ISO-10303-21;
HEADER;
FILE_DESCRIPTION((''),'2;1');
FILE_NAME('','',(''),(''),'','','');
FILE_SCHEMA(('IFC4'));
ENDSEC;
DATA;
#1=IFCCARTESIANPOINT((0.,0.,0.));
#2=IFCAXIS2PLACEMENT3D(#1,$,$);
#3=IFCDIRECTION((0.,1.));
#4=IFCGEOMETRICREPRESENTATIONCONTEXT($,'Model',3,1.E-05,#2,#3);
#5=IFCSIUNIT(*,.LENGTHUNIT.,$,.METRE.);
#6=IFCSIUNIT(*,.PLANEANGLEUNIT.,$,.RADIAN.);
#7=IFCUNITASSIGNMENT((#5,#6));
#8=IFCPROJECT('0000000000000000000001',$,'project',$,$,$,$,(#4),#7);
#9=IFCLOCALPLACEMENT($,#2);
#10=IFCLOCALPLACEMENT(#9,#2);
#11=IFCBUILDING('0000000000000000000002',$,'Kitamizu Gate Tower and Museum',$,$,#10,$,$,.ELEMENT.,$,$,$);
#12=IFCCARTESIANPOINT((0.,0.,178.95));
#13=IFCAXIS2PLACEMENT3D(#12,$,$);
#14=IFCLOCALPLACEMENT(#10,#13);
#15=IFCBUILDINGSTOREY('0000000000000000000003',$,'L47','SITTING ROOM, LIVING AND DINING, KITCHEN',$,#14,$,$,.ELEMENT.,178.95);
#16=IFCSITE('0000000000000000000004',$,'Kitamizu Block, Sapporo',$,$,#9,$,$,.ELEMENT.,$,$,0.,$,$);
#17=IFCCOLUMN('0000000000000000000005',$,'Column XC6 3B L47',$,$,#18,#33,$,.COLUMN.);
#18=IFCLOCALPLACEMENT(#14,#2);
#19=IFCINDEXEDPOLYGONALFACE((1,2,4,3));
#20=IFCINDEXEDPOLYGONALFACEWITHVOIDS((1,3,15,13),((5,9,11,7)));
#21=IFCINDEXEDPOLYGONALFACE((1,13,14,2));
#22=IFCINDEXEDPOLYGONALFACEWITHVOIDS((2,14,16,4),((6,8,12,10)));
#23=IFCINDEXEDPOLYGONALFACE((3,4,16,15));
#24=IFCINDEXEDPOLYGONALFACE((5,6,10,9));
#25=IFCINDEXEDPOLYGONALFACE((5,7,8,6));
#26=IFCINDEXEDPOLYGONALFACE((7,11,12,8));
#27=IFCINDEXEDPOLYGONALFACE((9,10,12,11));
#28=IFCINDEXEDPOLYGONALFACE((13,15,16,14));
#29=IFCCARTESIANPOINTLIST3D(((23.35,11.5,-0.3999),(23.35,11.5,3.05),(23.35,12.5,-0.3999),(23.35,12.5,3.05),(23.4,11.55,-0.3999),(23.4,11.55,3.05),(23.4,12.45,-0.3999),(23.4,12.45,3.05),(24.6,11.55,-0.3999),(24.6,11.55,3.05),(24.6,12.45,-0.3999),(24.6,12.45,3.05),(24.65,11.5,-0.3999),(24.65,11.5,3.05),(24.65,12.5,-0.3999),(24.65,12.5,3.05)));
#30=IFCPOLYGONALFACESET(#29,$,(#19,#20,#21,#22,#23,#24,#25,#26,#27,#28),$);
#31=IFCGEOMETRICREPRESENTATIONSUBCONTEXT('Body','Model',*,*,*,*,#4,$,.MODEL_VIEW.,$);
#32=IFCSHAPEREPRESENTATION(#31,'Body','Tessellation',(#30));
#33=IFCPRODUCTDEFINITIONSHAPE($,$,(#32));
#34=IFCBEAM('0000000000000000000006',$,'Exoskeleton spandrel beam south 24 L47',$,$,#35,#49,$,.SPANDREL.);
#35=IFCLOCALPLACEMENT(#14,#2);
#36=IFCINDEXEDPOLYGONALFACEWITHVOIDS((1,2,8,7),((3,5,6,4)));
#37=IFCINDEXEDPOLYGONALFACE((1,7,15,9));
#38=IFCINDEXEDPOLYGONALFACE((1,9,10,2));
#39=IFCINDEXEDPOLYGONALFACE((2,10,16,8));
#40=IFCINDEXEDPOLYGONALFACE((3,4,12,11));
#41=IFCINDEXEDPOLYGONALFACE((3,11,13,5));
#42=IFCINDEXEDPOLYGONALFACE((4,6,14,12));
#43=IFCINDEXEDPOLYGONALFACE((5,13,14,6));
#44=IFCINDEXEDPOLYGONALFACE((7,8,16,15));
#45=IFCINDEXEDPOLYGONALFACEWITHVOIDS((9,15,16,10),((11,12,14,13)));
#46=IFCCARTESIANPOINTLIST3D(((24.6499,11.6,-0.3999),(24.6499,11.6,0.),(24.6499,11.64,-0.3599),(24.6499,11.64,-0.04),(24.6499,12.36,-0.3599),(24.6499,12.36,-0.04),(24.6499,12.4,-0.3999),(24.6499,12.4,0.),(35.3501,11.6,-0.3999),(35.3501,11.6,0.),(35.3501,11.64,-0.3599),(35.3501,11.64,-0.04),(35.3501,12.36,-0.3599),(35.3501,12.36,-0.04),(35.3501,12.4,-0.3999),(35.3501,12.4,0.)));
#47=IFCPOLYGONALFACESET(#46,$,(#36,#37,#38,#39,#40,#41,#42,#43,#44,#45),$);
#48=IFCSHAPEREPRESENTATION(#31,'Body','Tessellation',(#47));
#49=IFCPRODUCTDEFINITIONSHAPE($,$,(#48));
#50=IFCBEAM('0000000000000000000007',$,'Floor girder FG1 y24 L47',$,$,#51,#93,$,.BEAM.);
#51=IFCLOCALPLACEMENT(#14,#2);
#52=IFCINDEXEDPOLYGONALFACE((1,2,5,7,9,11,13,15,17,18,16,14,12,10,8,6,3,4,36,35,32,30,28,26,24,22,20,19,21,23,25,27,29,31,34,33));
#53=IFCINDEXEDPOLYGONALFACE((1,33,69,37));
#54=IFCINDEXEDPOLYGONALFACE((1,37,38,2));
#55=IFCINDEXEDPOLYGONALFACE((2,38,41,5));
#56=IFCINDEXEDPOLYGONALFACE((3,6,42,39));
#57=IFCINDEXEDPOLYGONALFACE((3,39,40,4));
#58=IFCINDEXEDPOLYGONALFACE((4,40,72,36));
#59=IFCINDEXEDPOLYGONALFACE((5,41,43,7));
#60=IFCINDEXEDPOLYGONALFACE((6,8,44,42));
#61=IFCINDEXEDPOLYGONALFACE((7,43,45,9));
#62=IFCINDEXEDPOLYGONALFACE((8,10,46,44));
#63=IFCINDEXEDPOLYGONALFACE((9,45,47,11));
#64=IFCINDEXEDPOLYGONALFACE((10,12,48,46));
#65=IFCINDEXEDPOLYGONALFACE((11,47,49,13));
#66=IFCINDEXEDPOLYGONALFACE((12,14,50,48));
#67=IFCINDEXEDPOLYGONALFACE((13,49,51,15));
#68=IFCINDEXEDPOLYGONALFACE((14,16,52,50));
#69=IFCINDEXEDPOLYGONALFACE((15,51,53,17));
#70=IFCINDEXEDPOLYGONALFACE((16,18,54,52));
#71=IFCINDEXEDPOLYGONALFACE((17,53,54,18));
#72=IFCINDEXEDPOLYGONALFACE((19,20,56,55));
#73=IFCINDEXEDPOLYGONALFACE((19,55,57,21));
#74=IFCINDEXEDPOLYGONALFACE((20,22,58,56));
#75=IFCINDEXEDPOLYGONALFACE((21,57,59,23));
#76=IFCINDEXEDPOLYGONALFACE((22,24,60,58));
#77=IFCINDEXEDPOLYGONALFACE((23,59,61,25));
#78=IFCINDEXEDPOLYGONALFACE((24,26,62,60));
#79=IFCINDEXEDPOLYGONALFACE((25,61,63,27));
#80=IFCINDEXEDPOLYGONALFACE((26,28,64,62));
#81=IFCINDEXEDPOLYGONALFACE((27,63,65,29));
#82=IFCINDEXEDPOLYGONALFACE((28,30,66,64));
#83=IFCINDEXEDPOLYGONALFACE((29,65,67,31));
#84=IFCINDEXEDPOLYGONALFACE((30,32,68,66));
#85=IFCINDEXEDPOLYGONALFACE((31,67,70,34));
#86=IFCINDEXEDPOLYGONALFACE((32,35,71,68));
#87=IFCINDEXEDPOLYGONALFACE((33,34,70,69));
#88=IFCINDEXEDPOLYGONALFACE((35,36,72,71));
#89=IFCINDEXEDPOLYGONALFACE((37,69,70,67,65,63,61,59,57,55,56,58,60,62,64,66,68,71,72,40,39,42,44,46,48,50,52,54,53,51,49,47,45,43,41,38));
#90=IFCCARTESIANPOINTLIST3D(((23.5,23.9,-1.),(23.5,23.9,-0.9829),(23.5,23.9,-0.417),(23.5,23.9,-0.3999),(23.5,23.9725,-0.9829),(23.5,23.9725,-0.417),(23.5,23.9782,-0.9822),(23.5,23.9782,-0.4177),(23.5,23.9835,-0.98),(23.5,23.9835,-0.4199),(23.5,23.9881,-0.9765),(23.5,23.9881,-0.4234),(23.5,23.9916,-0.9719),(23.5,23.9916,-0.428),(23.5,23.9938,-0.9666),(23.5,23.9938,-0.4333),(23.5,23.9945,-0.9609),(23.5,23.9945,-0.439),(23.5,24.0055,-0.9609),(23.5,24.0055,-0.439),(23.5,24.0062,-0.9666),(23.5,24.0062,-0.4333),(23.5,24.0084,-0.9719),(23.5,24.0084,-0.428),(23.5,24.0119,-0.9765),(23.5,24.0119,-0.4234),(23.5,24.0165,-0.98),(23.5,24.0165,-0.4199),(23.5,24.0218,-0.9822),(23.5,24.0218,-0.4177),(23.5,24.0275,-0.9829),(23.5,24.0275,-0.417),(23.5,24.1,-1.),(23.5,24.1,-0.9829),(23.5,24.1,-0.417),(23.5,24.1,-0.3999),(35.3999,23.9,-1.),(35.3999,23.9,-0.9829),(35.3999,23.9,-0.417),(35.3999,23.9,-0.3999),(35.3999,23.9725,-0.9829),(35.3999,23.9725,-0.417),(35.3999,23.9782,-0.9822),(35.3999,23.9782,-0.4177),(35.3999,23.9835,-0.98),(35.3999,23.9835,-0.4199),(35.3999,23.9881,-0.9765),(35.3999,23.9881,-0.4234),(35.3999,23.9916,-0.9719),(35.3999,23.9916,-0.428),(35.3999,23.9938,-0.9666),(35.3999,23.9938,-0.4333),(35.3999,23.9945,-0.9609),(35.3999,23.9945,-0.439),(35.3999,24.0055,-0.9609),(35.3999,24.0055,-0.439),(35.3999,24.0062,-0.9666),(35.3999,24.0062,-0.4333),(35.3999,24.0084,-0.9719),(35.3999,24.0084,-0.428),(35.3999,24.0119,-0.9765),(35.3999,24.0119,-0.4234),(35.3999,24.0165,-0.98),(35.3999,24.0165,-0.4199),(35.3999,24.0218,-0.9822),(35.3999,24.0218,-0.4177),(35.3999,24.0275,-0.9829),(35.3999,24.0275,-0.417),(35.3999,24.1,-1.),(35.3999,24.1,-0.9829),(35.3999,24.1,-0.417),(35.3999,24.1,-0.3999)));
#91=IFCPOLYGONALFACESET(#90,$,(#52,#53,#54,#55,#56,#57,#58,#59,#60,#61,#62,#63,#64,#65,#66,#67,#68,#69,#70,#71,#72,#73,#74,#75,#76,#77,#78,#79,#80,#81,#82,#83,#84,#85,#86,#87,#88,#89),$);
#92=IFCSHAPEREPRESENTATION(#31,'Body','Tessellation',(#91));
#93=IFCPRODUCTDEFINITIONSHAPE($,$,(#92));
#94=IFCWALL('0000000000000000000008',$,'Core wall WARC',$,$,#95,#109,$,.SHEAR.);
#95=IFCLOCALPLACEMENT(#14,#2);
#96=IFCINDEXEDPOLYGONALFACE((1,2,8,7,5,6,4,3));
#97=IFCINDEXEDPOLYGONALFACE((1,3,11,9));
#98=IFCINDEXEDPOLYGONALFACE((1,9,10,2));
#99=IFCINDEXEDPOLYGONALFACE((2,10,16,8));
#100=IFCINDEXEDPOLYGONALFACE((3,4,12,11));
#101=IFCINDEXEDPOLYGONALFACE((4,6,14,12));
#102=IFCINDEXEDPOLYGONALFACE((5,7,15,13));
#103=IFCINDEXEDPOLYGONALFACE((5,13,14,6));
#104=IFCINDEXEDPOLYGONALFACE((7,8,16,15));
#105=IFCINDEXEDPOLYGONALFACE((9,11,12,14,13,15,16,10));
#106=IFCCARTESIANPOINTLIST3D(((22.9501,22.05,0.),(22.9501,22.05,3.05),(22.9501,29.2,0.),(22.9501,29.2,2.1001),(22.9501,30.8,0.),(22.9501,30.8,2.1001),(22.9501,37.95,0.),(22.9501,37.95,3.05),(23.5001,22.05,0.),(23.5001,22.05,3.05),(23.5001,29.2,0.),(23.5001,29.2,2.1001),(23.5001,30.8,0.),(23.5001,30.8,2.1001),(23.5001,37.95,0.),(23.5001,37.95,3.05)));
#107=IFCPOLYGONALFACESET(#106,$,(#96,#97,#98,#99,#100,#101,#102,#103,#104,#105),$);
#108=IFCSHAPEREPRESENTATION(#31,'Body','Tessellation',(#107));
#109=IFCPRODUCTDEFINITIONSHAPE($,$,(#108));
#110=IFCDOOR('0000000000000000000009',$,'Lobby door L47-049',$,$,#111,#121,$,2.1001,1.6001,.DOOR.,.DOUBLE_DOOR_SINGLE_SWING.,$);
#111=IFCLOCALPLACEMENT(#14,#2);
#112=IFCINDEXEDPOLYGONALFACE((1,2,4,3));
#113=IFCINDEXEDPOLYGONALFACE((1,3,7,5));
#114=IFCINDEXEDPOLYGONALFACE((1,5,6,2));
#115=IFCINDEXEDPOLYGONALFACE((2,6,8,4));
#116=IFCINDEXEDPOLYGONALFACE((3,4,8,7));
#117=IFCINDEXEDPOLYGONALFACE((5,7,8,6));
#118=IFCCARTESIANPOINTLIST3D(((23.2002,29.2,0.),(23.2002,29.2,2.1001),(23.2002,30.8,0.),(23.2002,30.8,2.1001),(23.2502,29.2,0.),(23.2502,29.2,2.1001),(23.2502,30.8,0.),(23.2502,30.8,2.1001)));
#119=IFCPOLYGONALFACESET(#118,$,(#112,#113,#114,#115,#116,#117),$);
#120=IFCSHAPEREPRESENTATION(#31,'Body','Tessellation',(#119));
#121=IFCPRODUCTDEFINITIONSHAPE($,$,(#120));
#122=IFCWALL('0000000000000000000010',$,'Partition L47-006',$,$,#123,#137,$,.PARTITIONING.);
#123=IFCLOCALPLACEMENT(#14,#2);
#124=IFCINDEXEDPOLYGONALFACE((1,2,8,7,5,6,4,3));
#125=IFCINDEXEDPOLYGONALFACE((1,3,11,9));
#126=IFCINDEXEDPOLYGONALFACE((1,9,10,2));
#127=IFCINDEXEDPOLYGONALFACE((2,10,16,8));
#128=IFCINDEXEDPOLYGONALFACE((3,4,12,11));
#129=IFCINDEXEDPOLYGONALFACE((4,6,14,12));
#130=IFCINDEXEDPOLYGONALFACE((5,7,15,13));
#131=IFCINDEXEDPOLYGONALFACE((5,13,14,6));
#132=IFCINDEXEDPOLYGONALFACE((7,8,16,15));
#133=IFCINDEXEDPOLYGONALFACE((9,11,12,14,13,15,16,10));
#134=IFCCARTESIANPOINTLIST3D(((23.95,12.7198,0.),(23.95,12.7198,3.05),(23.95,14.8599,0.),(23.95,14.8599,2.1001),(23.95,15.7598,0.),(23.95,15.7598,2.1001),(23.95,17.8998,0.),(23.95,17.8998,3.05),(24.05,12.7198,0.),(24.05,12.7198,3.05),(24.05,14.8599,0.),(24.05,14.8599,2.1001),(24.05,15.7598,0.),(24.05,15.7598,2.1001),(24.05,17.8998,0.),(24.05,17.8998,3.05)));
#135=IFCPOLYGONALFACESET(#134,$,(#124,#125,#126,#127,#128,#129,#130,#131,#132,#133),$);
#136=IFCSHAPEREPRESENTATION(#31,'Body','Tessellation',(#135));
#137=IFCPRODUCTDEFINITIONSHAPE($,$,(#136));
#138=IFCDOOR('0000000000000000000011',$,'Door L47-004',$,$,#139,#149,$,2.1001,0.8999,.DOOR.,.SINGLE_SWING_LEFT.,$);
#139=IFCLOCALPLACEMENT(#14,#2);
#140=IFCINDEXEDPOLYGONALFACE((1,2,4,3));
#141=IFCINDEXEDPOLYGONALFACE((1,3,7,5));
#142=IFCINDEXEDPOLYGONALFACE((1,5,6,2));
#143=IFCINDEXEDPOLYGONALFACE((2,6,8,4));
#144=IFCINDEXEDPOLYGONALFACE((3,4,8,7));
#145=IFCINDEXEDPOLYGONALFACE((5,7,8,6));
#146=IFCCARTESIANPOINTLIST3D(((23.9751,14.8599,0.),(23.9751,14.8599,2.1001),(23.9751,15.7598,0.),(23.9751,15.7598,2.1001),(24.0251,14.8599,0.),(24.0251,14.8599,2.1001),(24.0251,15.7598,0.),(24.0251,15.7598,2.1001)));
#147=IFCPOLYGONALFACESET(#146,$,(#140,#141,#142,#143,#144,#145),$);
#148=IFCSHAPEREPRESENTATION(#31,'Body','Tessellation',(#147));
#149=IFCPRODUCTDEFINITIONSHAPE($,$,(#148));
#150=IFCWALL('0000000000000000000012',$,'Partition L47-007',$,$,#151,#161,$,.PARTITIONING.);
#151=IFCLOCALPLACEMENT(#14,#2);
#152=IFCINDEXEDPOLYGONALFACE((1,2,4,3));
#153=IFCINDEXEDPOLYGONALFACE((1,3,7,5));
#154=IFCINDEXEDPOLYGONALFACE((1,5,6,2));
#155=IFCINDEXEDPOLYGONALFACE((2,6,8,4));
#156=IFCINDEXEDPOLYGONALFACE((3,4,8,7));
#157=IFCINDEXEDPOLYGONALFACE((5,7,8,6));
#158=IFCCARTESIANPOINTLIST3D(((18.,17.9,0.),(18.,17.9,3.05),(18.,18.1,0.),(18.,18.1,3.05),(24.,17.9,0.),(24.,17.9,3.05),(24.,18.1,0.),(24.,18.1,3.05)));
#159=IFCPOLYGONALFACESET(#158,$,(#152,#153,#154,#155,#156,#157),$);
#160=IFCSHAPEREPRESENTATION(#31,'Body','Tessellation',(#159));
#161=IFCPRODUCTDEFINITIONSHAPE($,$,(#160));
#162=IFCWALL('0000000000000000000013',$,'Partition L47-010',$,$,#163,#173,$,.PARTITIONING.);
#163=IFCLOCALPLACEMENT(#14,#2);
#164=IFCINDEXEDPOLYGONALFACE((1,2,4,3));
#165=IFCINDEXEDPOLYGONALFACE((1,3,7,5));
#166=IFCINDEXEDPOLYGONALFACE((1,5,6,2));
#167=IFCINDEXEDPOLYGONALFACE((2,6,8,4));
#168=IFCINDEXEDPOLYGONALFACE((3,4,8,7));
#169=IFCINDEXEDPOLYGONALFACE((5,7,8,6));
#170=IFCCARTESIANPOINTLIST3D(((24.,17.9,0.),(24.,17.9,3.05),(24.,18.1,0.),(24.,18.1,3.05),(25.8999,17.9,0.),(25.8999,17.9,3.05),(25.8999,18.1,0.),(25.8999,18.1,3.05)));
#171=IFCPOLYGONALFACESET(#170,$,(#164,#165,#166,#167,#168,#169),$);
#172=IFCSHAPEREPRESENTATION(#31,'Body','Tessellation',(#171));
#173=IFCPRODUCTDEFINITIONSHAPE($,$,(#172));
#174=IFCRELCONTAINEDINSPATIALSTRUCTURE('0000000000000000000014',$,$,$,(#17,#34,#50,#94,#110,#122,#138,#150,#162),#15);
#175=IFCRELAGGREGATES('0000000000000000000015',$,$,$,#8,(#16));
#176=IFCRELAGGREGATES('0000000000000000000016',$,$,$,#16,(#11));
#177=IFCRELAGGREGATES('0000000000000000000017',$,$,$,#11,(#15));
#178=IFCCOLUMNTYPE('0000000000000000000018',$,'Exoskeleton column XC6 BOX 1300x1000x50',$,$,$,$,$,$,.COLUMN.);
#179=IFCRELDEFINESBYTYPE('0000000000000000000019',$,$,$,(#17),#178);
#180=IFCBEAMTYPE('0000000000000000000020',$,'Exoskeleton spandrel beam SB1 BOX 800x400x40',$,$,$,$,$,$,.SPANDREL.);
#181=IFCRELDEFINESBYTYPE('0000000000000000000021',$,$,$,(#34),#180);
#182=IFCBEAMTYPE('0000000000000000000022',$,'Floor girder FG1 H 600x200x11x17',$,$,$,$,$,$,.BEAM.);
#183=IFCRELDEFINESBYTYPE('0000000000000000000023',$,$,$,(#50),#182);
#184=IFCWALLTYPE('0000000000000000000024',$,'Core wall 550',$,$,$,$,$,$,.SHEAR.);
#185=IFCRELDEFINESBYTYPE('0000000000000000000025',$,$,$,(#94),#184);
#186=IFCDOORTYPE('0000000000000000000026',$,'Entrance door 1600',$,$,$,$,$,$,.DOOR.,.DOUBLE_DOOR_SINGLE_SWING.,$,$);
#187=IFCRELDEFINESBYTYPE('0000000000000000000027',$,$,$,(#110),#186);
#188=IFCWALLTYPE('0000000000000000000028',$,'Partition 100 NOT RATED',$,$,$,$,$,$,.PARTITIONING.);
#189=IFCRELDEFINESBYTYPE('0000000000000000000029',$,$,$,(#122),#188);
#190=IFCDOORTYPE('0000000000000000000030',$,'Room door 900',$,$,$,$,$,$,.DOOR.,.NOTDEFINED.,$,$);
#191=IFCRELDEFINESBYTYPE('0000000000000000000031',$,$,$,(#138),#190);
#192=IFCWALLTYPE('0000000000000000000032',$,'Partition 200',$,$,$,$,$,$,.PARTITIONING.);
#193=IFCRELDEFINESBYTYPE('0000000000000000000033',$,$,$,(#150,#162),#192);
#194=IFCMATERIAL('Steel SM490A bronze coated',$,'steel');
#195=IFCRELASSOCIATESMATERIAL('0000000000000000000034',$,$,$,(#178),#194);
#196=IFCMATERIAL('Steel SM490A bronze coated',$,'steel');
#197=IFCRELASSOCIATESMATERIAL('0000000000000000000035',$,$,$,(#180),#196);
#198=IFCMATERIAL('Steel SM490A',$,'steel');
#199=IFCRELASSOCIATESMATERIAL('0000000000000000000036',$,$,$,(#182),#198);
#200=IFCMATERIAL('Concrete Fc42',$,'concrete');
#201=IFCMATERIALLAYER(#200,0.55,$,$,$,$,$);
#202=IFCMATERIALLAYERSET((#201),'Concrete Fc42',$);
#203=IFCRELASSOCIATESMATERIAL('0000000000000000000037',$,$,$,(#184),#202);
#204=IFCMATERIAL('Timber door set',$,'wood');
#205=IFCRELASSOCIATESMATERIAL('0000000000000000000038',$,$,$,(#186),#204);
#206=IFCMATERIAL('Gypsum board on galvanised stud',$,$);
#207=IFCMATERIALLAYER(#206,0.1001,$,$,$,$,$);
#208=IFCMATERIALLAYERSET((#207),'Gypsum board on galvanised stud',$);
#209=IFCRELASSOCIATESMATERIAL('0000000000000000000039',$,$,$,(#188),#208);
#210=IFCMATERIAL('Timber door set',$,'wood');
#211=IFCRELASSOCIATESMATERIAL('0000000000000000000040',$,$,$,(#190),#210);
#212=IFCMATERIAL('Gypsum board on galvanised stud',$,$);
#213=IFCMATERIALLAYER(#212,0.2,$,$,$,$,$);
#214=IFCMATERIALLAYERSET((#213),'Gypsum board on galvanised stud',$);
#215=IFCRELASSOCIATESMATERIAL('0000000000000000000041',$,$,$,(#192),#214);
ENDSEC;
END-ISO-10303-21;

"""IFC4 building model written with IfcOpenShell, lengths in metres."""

from ifc_helpers import new_model, si_unit, direction, frame, frame_2d, origin, origin_2d, place, context, subcontext, project, spatial, rectangle, hollow_rectangle, i_section, extrude, material, layer, layer_set, material_profile, profile_set, type_object, element, fill, save


model = new_model("IFC4")

# Units and contexts
model_context = context("Model", 3, precision=1e-05, world=origin(), true_north=direction((0.0, 1.0)))
body_context = subcontext(model_context, "Body", "Model", "MODEL_VIEW")
ifc_project = project(units=[si_unit("LENGTHUNIT", "METRE"), si_unit("PLANEANGLEUNIT", "RADIAN")], contexts=[model_context])

# Site, building, storey
site_placement = place(None, origin())
site = spatial("IfcSite", under=ifc_project, at=site_placement, Name="Kitamizu Block, Sapporo", CompositionType="ELEMENT", RefElevation=0.0)
building_placement = place(site_placement, origin())
building = spatial("IfcBuilding", under=site, at=building_placement, Name="Kitamizu Gate Tower and Museum", CompositionType="ELEMENT")
storey_placement = place(building_placement, frame((0.0, 0.0, 178.95)))
storey = spatial("IfcBuildingStorey", under=building, at=storey_placement, Name="L47", Description="SITTING ROOM, LIVING AND DINING, KITCHEN", CompositionType="ELEMENT", Elevation=178.95)

# Column
ifc_material_1 = material(Name="Steel SM490A bronze coated", Category="steel")
ifc_material_profile_1 = material_profile(ifc_material_1, hollow_rectangle(XDim=1.3, YDim=1.0, WallThickness=0.05, at=origin_2d()), Name="BOX 1300x1000x50")
ifc_profile_set_1 = profile_set([ifc_material_profile_1], Name="Steel SM490A bronze coated")
column_type = type_object("IfcColumnType", Name="Exoskeleton column XC6 BOX 1300x1000x50", PredefinedType="COLUMN", material=ifc_profile_set_1)
column_placement = place(storey_placement, frame((24.0, 12.0, -0.3999), z_axis=(0.0, 0.0, 1.0), x_axis=(1.0, 0.0, 0.0)))
element("IfcColumn", 1, at=column_placement, inside=storey, type_object=column_type, Name="Column XC6 3B L47", PredefinedType="COLUMN", context=body_context, shape_type="SweptSolid", body=[
    extrude(hollow_rectangle(XDim=1.3, YDim=1.0, WallThickness=0.05, at=origin_2d()), origin(), (0.0, 0.0, 1.0), 3.45),
])

# Beams
ifc_material_2 = material(Name="Steel SM490A bronze coated", Category="steel")
ifc_material_profile_2 = material_profile(ifc_material_2, hollow_rectangle(XDim=0.8, YDim=0.3999, WallThickness=0.04, at=origin_2d()), Name="BOX 800x400x40")
ifc_profile_set_2 = profile_set([ifc_material_profile_2], Name="Steel SM490A bronze coated")
beam_type_1 = type_object("IfcBeamType", Name="Exoskeleton spandrel beam SB1 BOX 800x400x40", PredefinedType="SPANDREL", material=ifc_profile_set_2)
beam_1_placement = place(storey_placement, frame((24.6499, 12.0, -0.2), z_axis=(1.0, 0.0, 0.0), x_axis=(0.0, 1.0, 0.0)))
element("IfcBeam", 2, at=beam_1_placement, inside=storey, type_object=beam_type_1, Name="Exoskeleton spandrel beam south 24 L47", PredefinedType="SPANDREL", context=body_context, shape_type="SweptSolid", body=[
    extrude(hollow_rectangle(XDim=0.8, YDim=0.3999, WallThickness=0.04, at=origin_2d()), origin(), (0.0, 0.0, 1.0), 10.7002),
])
ifc_material_3 = material(Name="Steel SM490A", Category="steel")
ifc_material_profile_3 = material_profile(ifc_material_3, i_section(OverallWidth=0.2, OverallDepth=0.6001, WebThickness=0.011, FlangeThickness=0.0171, FilletRadius=0.022, at=origin_2d()), Name="H-600x200x11x17")
ifc_profile_set_3 = profile_set([ifc_material_profile_3], Name="Steel SM490A")
beam_type_2 = type_object("IfcBeamType", Name="Floor girder FG1 H 600x200x11x17", PredefinedType="BEAM", material=ifc_profile_set_3)
beam_2_placement = place(storey_placement, frame((23.5, 24.0, -0.7), z_axis=(1.0, 0.0, 0.0), x_axis=(0.0, 1.0, 0.0)))
element("IfcBeam", 3, at=beam_2_placement, inside=storey, type_object=beam_type_2, Name="Floor girder FG1 y24 L47", PredefinedType="BEAM", context=body_context, shape_type="SweptSolid", body=[
    extrude(i_section(OverallWidth=0.2, OverallDepth=0.6001, WebThickness=0.011, FlangeThickness=0.0171, FilletRadius=0.022, at=origin_2d()), origin(), (0.0, 0.0, 1.0), 11.8999),
])

# Walls, openings, doors
ifc_material_4 = material(Name="Concrete Fc42", Category="concrete")
ifc_layer_1 = layer(ifc_material_4, 0.55)
ifc_layer_set_1 = layer_set([ifc_layer_1], Name="Concrete Fc42")
wall_type_1 = type_object("IfcWallType", Name="Core wall 550", PredefinedType="SHEAR", material=ifc_layer_set_1)
wall_1_placement = place(storey_placement, frame((23.2251, 22.05, 0.0), z_axis=(0.0, 0.0, 1.0), x_axis=(0.0, 1.0, 0.0)))
wall_1 = element("IfcWall", 4, at=wall_1_placement, inside=storey, type_object=wall_type_1, Name="Core wall WARC", PredefinedType="SHEAR", context=body_context, shape_type="SweptSolid", body=[
    extrude(rectangle(XDim=15.8999, YDim=0.55, at=frame_2d((7.95, 0.0))), origin(), (0.0, 0.0, 1.0), 3.05),
])
opening_1_placement = place(wall_1_placement, frame((7.1499, 0.0, 0.0)))
opening_1 = element("IfcOpeningElement", 5, at=opening_1_placement, cuts=wall_1, PredefinedType="OPENING", context=body_context, shape_type="SweptSolid", body=[
    extrude(rectangle(XDim=1.6001, YDim=2.1001, at=frame_2d((0.8, 1.05))), frame((0.0, 0.2852, 0.0), z_axis=(0.0, -1.0, 0.0), x_axis=(1.0, 0.0, 0.0)), (0.0, 0.0, 1.0), 0.5701),
])
ifc_material_5 = material(Name="Timber door set", Category="wood")
door_type_1 = type_object("IfcDoorType", Name="Entrance door 1600", OperationType="DOUBLE_DOOR_SINGLE_SWING", PredefinedType="DOOR", material=ifc_material_5)
door_1_placement = place(opening_1_placement, origin())
door_1 = element("IfcDoor", 6, at=door_1_placement, inside=storey, type_object=door_type_1, Name="Lobby door L47-049", OperationType="DOUBLE_DOOR_SINGLE_SWING", OverallHeight=2.1001, OverallWidth=1.6001, PredefinedType="DOOR", context=body_context, shape_type="SweptSolid", body=[
    extrude(rectangle(XDim=1.6001, YDim=2.1001, at=frame_2d((0.8, 1.05))), frame((0.0, 0.0249, 0.0), z_axis=(0.0, -1.0, 0.0), x_axis=(1.0, 0.0, 0.0)), (0.0, 0.0, 1.0), 0.05),
])
fill(opening_1, door_1)
ifc_material_6 = material(Name="Gypsum board on galvanised stud")
ifc_layer_2 = layer(ifc_material_6, 0.1001)
ifc_layer_set_2 = layer_set([ifc_layer_2], Name="Gypsum board on galvanised stud")
wall_type_2 = type_object("IfcWallType", Name="Partition 100 NOT RATED", PredefinedType="PARTITIONING", material=ifc_layer_set_2)
wall_2_placement = place(storey_placement, frame((24.0, 12.72, 0.0), z_axis=(0.0, 0.0, 1.0), x_axis=(0.0, 1.0, 0.0)))
wall_2 = element("IfcWall", 7, at=wall_2_placement, inside=storey, type_object=wall_type_2, Name="Partition L47-006", PredefinedType="PARTITIONING", context=body_context, shape_type="SweptSolid", body=[
    extrude(rectangle(XDim=5.1799, YDim=0.1001, at=frame_2d((2.5898, 0.0))), origin(), (0.0, 0.0, 1.0), 3.05),
])
opening_2_placement = place(wall_2_placement, frame((2.1399, 0.0, 0.0)))
opening_2 = element("IfcOpeningElement", 8, at=opening_2_placement, cuts=wall_2, PredefinedType="OPENING", context=body_context, shape_type="SweptSolid", body=[
    extrude(rectangle(XDim=0.8999, YDim=2.1001, at=frame_2d((0.45, 1.05))), frame((0.0, 0.0601, 0.0), z_axis=(0.0, -1.0, 0.0), x_axis=(1.0, 0.0, 0.0)), (0.0, 0.0, 1.0), 0.1201),
])
ifc_material_7 = material(Name="Timber door set", Category="wood")
door_type_2 = type_object("IfcDoorType", Name="Room door 900", OperationType="NOTDEFINED", PredefinedType="DOOR", material=ifc_material_7)
door_2_placement = place(opening_2_placement, origin())
door_2 = element("IfcDoor", 9, at=door_2_placement, inside=storey, type_object=door_type_2, Name="Door L47-004", OperationType="SINGLE_SWING_LEFT", OverallHeight=2.1001, OverallWidth=0.8999, PredefinedType="DOOR", context=body_context, shape_type="SweptSolid", body=[
    extrude(rectangle(XDim=0.8999, YDim=2.1001, at=frame_2d((0.45, 1.05))), frame((0.0, 0.0249, 0.0), z_axis=(0.0, -1.0, 0.0), x_axis=(1.0, 0.0, 0.0)), (0.0, 0.0, 1.0), 0.05),
])
fill(opening_2, door_2)

# Walls
ifc_material_8 = material(Name="Gypsum board on galvanised stud")
ifc_layer_3 = layer(ifc_material_8, 0.2)
ifc_layer_set_3 = layer_set([ifc_layer_3], Name="Gypsum board on galvanised stud")
wall_type_3 = type_object("IfcWallType", Name="Partition 200", PredefinedType="PARTITIONING", material=ifc_layer_set_3)
wall_3_placement = place(storey_placement, frame((24.0, 18.0, 0.0), z_axis=(0.0, 0.0, 1.0), x_axis=(-1.0, 0.0, 0.0)))
element("IfcWall", 10, at=wall_3_placement, inside=storey, type_object=wall_type_3, Name="Partition L47-007", PredefinedType="PARTITIONING", context=body_context, shape_type="SweptSolid", body=[
    extrude(rectangle(XDim=6.0, YDim=0.2, at=frame_2d((3.0, 0.0))), origin(), (0.0, 0.0, 1.0), 3.05),
])
wall_4_placement = place(storey_placement, frame((25.8999, 18.0, 0.0), z_axis=(0.0, 0.0, 1.0), x_axis=(-1.0, 0.0, 0.0)))
element("IfcWall", 11, at=wall_4_placement, inside=storey, type_object=wall_type_3, Name="Partition L47-010", PredefinedType="PARTITIONING", context=body_context, shape_type="SweptSolid", body=[
    extrude(rectangle(XDim=1.8999, YDim=0.2, at=frame_2d((0.95, 0.0))), origin(), (0.0, 0.0, 1.0), 3.05),
])

save(model, "model.ifc")
